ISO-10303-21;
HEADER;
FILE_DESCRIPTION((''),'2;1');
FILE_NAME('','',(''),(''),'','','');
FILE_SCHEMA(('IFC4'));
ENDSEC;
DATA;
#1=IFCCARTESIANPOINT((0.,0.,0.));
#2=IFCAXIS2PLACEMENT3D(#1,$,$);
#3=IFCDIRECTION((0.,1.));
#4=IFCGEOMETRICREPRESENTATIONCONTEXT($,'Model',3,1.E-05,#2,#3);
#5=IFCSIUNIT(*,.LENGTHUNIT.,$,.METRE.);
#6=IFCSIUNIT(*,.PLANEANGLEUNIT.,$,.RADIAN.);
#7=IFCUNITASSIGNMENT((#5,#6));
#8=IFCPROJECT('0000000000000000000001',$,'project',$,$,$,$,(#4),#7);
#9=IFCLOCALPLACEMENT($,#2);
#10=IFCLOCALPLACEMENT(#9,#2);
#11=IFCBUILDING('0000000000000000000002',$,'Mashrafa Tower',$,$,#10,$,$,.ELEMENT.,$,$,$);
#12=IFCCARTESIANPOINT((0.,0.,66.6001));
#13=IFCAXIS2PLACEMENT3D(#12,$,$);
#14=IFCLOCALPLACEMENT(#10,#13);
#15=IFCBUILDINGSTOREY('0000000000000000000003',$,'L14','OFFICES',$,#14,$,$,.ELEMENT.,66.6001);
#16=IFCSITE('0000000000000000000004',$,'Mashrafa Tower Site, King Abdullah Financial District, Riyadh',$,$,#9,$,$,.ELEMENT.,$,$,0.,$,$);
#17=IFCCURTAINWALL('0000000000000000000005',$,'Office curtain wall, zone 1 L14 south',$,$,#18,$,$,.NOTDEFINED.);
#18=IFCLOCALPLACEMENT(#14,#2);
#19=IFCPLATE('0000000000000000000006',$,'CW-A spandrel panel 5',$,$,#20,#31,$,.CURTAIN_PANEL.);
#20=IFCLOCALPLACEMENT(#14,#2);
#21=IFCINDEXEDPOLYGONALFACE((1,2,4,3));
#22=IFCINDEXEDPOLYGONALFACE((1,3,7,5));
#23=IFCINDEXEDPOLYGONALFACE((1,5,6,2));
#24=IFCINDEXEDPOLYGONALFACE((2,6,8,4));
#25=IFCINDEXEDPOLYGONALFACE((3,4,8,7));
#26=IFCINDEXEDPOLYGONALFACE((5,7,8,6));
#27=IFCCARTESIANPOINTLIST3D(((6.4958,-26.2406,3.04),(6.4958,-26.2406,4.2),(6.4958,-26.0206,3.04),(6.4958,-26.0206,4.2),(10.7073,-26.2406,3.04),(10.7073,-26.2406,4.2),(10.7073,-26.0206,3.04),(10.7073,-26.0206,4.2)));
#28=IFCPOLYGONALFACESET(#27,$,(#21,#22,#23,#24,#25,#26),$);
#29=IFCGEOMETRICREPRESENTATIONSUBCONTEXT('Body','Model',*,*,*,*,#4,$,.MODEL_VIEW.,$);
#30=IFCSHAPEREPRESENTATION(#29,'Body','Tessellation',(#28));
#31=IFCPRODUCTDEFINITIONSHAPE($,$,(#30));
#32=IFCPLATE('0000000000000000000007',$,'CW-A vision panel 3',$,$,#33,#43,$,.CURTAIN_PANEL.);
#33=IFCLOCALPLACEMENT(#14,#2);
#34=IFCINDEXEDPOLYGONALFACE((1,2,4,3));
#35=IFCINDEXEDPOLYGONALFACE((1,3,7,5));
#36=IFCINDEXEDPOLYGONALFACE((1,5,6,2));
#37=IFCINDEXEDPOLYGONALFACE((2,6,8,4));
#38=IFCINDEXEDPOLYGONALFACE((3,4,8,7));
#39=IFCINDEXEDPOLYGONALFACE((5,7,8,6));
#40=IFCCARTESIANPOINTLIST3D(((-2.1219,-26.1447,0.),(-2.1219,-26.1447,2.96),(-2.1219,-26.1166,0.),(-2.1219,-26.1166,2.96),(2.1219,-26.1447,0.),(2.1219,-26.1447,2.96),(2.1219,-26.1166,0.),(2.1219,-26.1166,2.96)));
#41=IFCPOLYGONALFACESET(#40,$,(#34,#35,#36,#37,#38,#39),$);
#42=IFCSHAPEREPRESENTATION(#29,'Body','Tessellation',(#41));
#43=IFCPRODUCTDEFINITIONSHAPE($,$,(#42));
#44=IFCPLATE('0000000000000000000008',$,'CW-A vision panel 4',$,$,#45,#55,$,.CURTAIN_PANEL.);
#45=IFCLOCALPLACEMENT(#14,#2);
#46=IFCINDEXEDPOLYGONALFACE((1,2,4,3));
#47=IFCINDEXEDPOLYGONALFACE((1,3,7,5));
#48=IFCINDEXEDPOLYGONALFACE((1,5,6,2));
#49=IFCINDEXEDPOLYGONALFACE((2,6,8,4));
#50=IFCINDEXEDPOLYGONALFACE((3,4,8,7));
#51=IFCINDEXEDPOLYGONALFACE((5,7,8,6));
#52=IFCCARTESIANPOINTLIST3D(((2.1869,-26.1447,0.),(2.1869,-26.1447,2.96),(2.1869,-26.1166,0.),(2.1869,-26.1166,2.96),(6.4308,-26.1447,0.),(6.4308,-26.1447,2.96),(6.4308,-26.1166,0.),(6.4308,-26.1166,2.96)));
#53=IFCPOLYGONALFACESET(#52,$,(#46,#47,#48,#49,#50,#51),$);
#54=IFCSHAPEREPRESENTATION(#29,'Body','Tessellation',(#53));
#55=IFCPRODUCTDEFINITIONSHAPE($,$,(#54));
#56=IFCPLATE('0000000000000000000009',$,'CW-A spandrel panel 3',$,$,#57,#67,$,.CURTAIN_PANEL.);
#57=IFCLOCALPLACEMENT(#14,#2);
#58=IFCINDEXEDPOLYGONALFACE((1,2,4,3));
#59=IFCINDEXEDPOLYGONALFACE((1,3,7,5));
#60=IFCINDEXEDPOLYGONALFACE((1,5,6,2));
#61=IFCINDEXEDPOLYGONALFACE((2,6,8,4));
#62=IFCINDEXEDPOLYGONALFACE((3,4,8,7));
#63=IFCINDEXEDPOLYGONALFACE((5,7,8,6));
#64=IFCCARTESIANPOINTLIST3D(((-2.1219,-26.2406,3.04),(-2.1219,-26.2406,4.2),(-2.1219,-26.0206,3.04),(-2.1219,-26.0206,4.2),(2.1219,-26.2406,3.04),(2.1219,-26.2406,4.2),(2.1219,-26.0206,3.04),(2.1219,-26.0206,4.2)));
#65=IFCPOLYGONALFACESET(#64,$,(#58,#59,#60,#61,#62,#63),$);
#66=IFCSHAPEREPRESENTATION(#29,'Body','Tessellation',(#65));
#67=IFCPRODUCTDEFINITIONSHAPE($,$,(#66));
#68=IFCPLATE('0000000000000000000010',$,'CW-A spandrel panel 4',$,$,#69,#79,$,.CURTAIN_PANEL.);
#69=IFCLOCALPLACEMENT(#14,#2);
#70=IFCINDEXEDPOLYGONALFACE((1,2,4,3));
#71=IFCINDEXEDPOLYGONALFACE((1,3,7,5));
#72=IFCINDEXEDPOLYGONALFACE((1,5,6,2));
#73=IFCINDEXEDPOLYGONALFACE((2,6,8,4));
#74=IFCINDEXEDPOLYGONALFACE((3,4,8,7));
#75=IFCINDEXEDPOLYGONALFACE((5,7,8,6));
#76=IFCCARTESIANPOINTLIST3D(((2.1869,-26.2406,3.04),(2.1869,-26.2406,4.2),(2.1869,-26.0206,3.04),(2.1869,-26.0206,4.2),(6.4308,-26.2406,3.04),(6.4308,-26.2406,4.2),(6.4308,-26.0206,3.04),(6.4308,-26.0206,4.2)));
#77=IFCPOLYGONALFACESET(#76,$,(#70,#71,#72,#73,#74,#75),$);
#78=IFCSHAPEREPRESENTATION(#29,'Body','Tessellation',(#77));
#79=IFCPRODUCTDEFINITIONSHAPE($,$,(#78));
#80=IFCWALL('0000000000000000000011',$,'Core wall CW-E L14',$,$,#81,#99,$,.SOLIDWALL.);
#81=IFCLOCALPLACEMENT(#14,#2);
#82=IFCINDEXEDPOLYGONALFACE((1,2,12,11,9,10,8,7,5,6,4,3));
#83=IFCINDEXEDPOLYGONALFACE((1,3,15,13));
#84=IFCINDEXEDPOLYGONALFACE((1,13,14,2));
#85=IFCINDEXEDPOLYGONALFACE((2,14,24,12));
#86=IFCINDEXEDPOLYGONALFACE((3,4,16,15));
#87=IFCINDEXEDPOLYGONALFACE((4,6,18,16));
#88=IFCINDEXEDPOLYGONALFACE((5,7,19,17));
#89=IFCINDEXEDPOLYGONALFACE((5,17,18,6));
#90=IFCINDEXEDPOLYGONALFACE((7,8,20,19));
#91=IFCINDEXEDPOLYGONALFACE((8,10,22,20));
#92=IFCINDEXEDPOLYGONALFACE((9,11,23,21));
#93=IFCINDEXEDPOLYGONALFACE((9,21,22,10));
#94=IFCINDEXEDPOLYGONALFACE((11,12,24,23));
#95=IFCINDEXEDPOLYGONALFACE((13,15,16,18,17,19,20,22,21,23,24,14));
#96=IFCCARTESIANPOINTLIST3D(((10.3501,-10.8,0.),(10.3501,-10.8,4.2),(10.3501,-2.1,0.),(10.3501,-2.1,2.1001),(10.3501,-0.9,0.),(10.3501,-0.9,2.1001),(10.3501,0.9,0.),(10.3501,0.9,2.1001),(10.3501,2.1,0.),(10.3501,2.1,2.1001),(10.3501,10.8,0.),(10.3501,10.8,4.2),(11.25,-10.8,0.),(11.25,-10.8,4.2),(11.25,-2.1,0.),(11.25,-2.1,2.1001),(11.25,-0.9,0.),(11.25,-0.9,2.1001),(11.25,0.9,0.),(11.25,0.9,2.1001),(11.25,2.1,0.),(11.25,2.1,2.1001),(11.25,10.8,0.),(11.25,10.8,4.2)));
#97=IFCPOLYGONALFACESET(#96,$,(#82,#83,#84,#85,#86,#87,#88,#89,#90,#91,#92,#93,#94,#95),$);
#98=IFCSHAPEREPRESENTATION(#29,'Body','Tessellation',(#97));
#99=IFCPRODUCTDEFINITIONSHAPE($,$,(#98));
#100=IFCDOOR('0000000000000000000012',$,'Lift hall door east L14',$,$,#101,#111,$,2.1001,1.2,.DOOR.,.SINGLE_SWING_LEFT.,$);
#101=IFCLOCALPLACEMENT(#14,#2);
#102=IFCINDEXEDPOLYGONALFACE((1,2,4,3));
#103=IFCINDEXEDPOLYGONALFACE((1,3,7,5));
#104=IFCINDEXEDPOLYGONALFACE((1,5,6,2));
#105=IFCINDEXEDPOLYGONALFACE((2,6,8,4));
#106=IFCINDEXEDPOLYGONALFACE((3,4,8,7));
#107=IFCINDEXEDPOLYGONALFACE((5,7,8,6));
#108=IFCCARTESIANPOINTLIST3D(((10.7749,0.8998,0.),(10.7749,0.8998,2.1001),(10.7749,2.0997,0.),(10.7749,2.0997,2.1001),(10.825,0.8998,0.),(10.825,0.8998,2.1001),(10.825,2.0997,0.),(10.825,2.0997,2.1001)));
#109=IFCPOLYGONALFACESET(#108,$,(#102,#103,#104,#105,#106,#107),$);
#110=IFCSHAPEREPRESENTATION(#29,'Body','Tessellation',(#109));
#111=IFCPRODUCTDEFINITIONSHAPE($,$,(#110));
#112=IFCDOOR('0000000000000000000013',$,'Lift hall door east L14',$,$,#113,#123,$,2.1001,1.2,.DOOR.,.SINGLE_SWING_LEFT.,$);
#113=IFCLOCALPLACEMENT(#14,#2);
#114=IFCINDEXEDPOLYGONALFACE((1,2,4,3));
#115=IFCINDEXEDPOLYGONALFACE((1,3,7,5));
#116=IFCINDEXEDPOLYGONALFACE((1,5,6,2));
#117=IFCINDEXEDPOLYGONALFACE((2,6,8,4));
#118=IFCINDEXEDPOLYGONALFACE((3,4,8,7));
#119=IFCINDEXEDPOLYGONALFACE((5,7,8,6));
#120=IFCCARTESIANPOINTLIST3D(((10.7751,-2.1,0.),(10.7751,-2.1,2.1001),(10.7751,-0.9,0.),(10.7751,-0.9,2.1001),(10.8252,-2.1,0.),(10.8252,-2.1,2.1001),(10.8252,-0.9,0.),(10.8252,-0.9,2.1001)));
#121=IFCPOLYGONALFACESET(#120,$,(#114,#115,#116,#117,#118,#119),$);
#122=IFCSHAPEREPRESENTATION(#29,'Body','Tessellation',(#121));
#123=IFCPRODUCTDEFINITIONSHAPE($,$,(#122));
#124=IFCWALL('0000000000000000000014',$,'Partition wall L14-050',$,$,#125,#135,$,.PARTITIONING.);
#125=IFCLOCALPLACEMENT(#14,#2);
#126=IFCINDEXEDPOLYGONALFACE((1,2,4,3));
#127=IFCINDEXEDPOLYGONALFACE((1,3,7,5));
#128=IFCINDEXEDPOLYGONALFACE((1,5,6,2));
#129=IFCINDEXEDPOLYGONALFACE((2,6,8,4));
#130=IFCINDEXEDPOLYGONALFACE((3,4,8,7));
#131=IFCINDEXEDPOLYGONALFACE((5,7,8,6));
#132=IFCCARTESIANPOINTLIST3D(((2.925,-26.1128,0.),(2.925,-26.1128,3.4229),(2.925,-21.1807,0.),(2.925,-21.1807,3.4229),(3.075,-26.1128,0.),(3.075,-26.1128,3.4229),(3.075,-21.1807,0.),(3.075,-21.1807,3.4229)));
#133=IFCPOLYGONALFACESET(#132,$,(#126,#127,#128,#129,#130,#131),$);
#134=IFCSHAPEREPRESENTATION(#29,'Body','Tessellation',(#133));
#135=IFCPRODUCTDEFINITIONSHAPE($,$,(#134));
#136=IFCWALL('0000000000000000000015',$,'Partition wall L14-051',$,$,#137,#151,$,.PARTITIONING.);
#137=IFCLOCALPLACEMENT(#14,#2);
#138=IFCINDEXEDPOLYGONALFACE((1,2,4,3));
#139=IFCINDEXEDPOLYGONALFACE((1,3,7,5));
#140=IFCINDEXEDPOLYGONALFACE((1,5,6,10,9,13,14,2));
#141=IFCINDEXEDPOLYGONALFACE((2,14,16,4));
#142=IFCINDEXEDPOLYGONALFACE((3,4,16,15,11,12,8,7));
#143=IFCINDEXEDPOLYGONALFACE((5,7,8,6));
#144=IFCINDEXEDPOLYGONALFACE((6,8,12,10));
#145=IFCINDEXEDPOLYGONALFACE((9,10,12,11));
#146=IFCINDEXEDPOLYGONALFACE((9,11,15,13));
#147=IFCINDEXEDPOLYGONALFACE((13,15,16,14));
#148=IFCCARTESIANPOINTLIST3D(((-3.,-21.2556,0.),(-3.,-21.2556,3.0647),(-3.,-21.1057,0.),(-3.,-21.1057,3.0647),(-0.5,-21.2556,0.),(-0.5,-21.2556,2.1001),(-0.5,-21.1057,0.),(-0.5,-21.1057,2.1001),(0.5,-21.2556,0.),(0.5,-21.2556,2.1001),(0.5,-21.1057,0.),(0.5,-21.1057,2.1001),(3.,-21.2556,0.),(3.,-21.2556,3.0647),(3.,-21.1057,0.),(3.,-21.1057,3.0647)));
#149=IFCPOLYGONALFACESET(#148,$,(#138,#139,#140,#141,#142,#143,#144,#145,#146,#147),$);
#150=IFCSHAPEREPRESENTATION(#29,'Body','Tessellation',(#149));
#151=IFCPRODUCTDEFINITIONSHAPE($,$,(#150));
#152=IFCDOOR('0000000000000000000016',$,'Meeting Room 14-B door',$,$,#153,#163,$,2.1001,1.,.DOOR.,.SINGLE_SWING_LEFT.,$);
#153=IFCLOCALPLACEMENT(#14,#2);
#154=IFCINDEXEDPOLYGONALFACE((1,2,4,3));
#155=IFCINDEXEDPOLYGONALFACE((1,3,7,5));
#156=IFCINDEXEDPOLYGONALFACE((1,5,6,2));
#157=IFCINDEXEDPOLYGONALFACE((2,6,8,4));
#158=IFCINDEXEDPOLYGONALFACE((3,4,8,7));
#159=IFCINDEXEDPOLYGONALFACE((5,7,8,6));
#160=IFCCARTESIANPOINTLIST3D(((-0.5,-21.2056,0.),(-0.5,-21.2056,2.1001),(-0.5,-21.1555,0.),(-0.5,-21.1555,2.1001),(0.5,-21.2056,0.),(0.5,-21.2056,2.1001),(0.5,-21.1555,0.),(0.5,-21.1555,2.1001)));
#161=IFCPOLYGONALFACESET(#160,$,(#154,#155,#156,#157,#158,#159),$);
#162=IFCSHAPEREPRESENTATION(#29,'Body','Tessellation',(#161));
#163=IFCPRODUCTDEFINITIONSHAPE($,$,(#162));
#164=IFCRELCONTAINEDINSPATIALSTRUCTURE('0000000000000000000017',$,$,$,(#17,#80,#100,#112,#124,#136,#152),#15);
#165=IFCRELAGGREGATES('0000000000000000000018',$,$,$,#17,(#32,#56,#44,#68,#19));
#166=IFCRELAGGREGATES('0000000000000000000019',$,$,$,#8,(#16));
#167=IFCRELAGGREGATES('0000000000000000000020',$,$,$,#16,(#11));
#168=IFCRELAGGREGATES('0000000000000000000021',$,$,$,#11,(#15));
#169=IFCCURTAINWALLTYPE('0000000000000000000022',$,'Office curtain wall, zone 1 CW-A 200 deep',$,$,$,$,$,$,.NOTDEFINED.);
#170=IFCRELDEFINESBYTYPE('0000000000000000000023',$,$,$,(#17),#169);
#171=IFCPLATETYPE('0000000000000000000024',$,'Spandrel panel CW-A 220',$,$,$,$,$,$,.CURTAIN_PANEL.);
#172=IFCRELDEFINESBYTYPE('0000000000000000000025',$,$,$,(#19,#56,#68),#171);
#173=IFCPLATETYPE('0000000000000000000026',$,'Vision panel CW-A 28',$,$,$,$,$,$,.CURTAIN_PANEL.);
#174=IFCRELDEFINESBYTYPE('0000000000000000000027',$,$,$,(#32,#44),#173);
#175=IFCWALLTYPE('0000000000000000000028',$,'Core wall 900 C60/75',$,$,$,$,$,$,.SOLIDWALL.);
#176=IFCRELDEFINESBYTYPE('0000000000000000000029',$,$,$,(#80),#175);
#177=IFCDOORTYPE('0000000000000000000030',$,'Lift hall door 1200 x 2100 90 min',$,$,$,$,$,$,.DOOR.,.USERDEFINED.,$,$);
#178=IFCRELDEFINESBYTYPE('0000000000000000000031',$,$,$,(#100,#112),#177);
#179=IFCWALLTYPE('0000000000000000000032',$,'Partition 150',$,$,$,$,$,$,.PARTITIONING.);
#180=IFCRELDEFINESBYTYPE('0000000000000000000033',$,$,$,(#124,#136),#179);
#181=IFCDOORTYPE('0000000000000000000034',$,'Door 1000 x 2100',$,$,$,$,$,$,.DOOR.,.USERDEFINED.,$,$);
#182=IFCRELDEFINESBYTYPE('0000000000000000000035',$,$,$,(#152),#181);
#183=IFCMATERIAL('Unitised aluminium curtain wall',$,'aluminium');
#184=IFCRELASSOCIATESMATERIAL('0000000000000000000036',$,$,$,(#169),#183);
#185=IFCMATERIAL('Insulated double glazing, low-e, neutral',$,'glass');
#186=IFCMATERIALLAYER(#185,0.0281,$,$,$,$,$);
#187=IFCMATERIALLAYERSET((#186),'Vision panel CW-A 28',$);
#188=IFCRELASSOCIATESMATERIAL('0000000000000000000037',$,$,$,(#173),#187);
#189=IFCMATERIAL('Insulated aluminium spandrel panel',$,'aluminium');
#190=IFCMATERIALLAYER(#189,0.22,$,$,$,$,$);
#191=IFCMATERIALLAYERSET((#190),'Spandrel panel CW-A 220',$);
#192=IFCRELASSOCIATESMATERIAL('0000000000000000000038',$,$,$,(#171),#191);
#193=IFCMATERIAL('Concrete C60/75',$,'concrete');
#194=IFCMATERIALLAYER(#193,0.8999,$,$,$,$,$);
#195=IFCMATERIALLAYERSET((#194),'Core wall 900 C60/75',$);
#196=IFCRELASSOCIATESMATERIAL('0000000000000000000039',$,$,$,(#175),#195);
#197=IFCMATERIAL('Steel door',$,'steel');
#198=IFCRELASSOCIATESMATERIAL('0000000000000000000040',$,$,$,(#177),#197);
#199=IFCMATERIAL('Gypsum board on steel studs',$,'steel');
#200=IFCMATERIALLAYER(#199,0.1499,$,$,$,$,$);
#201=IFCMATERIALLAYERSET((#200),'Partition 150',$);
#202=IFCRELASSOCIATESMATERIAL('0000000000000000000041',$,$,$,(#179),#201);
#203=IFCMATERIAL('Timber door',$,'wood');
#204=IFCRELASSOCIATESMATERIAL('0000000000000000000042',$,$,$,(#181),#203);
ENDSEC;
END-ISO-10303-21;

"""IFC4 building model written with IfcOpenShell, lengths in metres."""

from ifc_helpers import new_model, si_unit, direction, frame, frame_2d, origin, origin_2d, place, context, subcontext, project, spatial, rectangle, extrude, source, transform, mapped, material, layer, layer_set, type_object, type_shapes, element, fill, aggregate, save


model = new_model("IFC4")

# Units and contexts
model_context = context("Model", 3, precision=1e-05, world=origin(), true_north=direction((0.0, 1.0)))
body_context = subcontext(model_context, "Body", "Model", "MODEL_VIEW")
ifc_project = project(units=[si_unit("LENGTHUNIT", "METRE"), si_unit("PLANEANGLEUNIT", "RADIAN")], contexts=[model_context])

# Site, building, storey
site_placement = place(None, origin())
site = spatial("IfcSite", under=ifc_project, at=site_placement, Name="Mashrafa Tower Site, King Abdullah Financial District, Riyadh", CompositionType="ELEMENT", RefElevation=0.0)
building_placement = place(site_placement, origin())
building = spatial("IfcBuilding", under=site, at=building_placement, Name="Mashrafa Tower", CompositionType="ELEMENT")
storey_placement = place(building_placement, frame((0.0, 0.0, 66.6001)))
storey = spatial("IfcBuildingStorey", under=building, at=storey_placement, Name="L14", Description="OFFICES", CompositionType="ELEMENT", Elevation=66.6001)

# Curtain wall, plates
ifc_material_1 = material(Name="Unitised aluminium curtain wall", Category="aluminium")
curtain_wall_type = type_object("IfcCurtainWallType", Name="Office curtain wall, zone 1 CW-A 200 deep", PredefinedType="NOTDEFINED", material=ifc_material_1)
curtain_wall_placement = place(storey_placement, origin())
curtain_wall = element("IfcCurtainWall", 1, at=curtain_wall_placement, inside=storey, type_object=curtain_wall_type, Name="Office curtain wall, zone 1 L14 south", PredefinedType="NOTDEFINED")
ifc_material_2 = material(Name="Insulated double glazing, low-e, neutral", Category="glass")
ifc_layer_1 = layer(ifc_material_2, 0.0281)
ifc_layer_set_1 = layer_set([ifc_layer_1], Name="Vision panel CW-A 28")
plate_type_1 = type_object("IfcPlateType", Name="Vision panel CW-A 28", PredefinedType="CURTAIN_PANEL", material=ifc_layer_set_1)
ifc_material_3 = material(Name="Insulated aluminium spandrel panel", Category="aluminium")
ifc_layer_2 = layer(ifc_material_3, 0.22)
ifc_layer_set_2 = layer_set([ifc_layer_2], Name="Spandrel panel CW-A 220")
plate_type_2 = type_object("IfcPlateType", Name="Spandrel panel CW-A 220", PredefinedType="CURTAIN_PANEL", material=ifc_layer_set_2)
shared_shape_1 = source(origin(), body_context, "Body", "SweptSolid", [
    extrude(rectangle(XDim=4.2114, YDim=0.22, at=origin_2d()), origin(), (0.0, 0.0, 1.0), 1.1599),
])
plate_1_placement = place(storey_placement, frame((8.6016, -26.1306, 3.04), z_axis=(0.0, 0.0, 1.0), x_axis=(1.0, 0.0, 0.0)))
plate_1 = element("IfcPlate", 2, at=plate_1_placement, type_object=plate_type_2, Name="CW-A spandrel panel 5", PredefinedType="CURTAIN_PANEL", context=body_context, shape_type="MappedRepresentation", body=[
    mapped(shared_shape_1, transform((0.0, 0.0, 0.0))),
])
shared_shape_2 = source(origin(), body_context, "Body", "SweptSolid", [
    extrude(rectangle(XDim=4.2439, YDim=0.0281, at=origin_2d()), origin(), (0.0, 0.0, 1.0), 2.96),
])
plate_2_placement = place(storey_placement, frame((0.0, -26.1306, 0.0), z_axis=(0.0, 0.0, 1.0), x_axis=(1.0, 0.0, 0.0)))
plate_2 = element("IfcPlate", 3, at=plate_2_placement, type_object=plate_type_1, Name="CW-A vision panel 3", PredefinedType="CURTAIN_PANEL", context=body_context, shape_type="MappedRepresentation", body=[
    mapped(shared_shape_2, transform((0.0, 0.0, 0.0))),
])
plate_3_placement = place(storey_placement, frame((4.3088, -26.1306, 0.0), z_axis=(0.0, 0.0, 1.0), x_axis=(1.0, 0.0, 0.0)))
plate_3 = element("IfcPlate", 4, at=plate_3_placement, type_object=plate_type_1, Name="CW-A vision panel 4", PredefinedType="CURTAIN_PANEL", context=body_context, shape_type="MappedRepresentation", body=[
    mapped(shared_shape_2, transform((0.0, 0.0, 0.0))),
])
shared_shape_3 = source(origin(), body_context, "Body", "SweptSolid", [
    extrude(rectangle(XDim=4.2439, YDim=0.22, at=origin_2d()), origin(), (0.0, 0.0, 1.0), 1.1599),
])
type_shapes(plate_type_2, [shared_shape_1, shared_shape_3])
plate_4_placement = place(storey_placement, frame((0.0, -26.1306, 3.04), z_axis=(0.0, 0.0, 1.0), x_axis=(1.0, 0.0, 0.0)))
plate_4 = element("IfcPlate", 5, at=plate_4_placement, type_object=plate_type_2, Name="CW-A spandrel panel 3", PredefinedType="CURTAIN_PANEL", context=body_context, shape_type="MappedRepresentation", body=[
    mapped(shared_shape_3, transform((0.0, 0.0, 0.0))),
])
plate_5_placement = place(storey_placement, frame((4.3088, -26.1306, 3.04), z_axis=(0.0, 0.0, 1.0), x_axis=(1.0, 0.0, 0.0)))
plate_5 = element("IfcPlate", 6, at=plate_5_placement, type_object=plate_type_2, Name="CW-A spandrel panel 4", PredefinedType="CURTAIN_PANEL", context=body_context, shape_type="MappedRepresentation", body=[
    mapped(shared_shape_3, transform((0.0, 0.0, 0.0))),
])
aggregate(curtain_wall, [plate_2, plate_4, plate_3, plate_5, plate_1])

# Wall, openings, doors
ifc_material_4 = material(Name="Concrete C60/75", Category="concrete")
ifc_layer_3 = layer(ifc_material_4, 0.8999)
ifc_layer_set_3 = layer_set([ifc_layer_3], Name="Core wall 900 C60/75")
wall_type_1 = type_object("IfcWallType", Name="Core wall 900 C60/75", PredefinedType="SOLIDWALL", material=ifc_layer_set_3)
wall_1_placement = place(storey_placement, frame((10.8, -10.8, 0.0), z_axis=(0.0, 0.0, 1.0), x_axis=(0.0, 1.0, 0.0)))
wall_1 = element("IfcWall", 7, at=wall_1_placement, inside=storey, type_object=wall_type_1, Name="Core wall CW-E L14", PredefinedType="SOLIDWALL", context=body_context, shape_type="SweptSolid", body=[
    extrude(rectangle(XDim=21.6001, YDim=0.8999, at=frame_2d((10.8, 0.0))), origin(), (0.0, 0.0, 1.0), 4.2),
])
opening_1_placement = place(wall_1_placement, frame((11.7, 0.0, 0.0)))
opening_1 = element("IfcOpeningElement", 8, at=opening_1_placement, cuts=wall_1, PredefinedType="OPENING", context=body_context, shape_type="SweptSolid", body=[
    extrude(rectangle(XDim=1.2, YDim=2.1001, at=frame_2d((0.6001, 1.05))), frame((0.0, 0.46, 0.0), z_axis=(0.0, -1.0, 0.0), x_axis=(1.0, 0.0, 0.0)), (0.0, 0.0, 1.0), 0.9199),
])
opening_2_placement = place(wall_1_placement, frame((8.7, 0.0, 0.0)))
opening_2 = element("IfcOpeningElement", 9, at=opening_2_placement, cuts=wall_1, PredefinedType="OPENING", context=body_context, shape_type="SweptSolid", body=[
    extrude(rectangle(XDim=1.2, YDim=2.1001, at=frame_2d((0.6001, 1.05))), frame((0.0, 0.46, 0.0), z_axis=(0.0, -1.0, 0.0), x_axis=(1.0, 0.0, 0.0)), (0.0, 0.0, 1.0), 0.9199),
])
ifc_material_5 = material(Name="Steel door", Category="steel")
door_type_1 = type_object("IfcDoorType", Name="Lift hall door 1200 x 2100 90 min", OperationType="USERDEFINED", PredefinedType="DOOR", material=ifc_material_5)
door_1_placement = place(opening_1_placement, frame((1.2, 0.0, 0.0), z_axis=(0.0, 0.0, 1.0), x_axis=(-1.0, 0.0, 0.0)))
door_1 = element("IfcDoor", 10, at=door_1_placement, inside=storey, type_object=door_type_1, Name="Lift hall door east L14", OperationType="SINGLE_SWING_LEFT", OverallHeight=2.1001, OverallWidth=1.2, PredefinedType="DOOR", context=body_context, shape_type="SweptSolid", body=[
    extrude(rectangle(XDim=1.2, YDim=2.1001, at=frame_2d((0.6001, 1.05))), frame((0.0, 0.0249, 0.0), z_axis=(0.0, -1.0, 0.0), x_axis=(1.0, 0.0, 0.0)), (0.0, 0.0, 1.0), 0.05),
])
fill(opening_1, door_1)
door_2_placement = place(opening_2_placement, origin())
door_2 = element("IfcDoor", 11, at=door_2_placement, inside=storey, type_object=door_type_1, Name="Lift hall door east L14", OperationType="SINGLE_SWING_LEFT", OverallHeight=2.1001, OverallWidth=1.2, PredefinedType="DOOR", context=body_context, shape_type="SweptSolid", body=[
    extrude(rectangle(XDim=1.2, YDim=2.1001, at=frame_2d((0.6001, 1.05))), frame((0.0, 0.0249, 0.0), z_axis=(0.0, -1.0, 0.0), x_axis=(1.0, 0.0, 0.0)), (0.0, 0.0, 1.0), 0.05),
])
fill(opening_2, door_2)

# Wall
ifc_material_6 = material(Name="Gypsum board on steel studs", Category="steel")
ifc_layer_4 = layer(ifc_material_6, 0.1499)
ifc_layer_set_4 = layer_set([ifc_layer_4], Name="Partition 150")
wall_type_2 = type_object("IfcWallType", Name="Partition 150", PredefinedType="PARTITIONING", material=ifc_layer_set_4)
wall_2_placement = place(storey_placement, frame((3.0, -26.1128, 0.0), z_axis=(0.0, 0.0, 1.0), x_axis=(0.0, 1.0, 0.0)))
element("IfcWall", 12, at=wall_2_placement, inside=storey, type_object=wall_type_2, Name="Partition wall L14-050", PredefinedType="PARTITIONING", context=body_context, shape_type="SweptSolid", body=[
    extrude(rectangle(XDim=4.9321, YDim=0.1499, at=frame_2d((2.4661, 0.0))), origin(), (0.0, 0.0, 1.0), 3.4229),
])

# Wall, opening, door
wall_3_placement = place(storey_placement, frame((3.0, -21.1807, 0.0), z_axis=(0.0, 0.0, 1.0), x_axis=(-1.0, 0.0, 0.0)))
wall_3 = element("IfcWall", 13, at=wall_3_placement, inside=storey, type_object=wall_type_2, Name="Partition wall L14-051", PredefinedType="PARTITIONING", context=body_context, shape_type="SweptSolid", body=[
    extrude(rectangle(XDim=6.0, YDim=0.1499, at=frame_2d((3.0, 0.0))), origin(), (0.0, 0.0, 1.0), 3.0647),
])
opening_3_placement = place(wall_3_placement, frame((2.5, 0.0, 0.0)))
opening_3 = element("IfcOpeningElement", 14, at=opening_3_placement, cuts=wall_3, PredefinedType="OPENING", context=body_context, shape_type="SweptSolid", body=[
    extrude(rectangle(XDim=1.0, YDim=2.1001, at=frame_2d((0.5, 1.05))), frame((0.0, 0.085, 0.0), z_axis=(0.0, -1.0, 0.0), x_axis=(1.0, 0.0, 0.0)), (0.0, 0.0, 1.0), 0.1699),
])
ifc_material_7 = material(Name="Timber door", Category="wood")
door_type_2 = type_object("IfcDoorType", Name="Door 1000 x 2100", OperationType="USERDEFINED", PredefinedType="DOOR", material=ifc_material_7)
door_3_placement = place(opening_3_placement, origin())
door_3 = element("IfcDoor", 15, at=door_3_placement, inside=storey, type_object=door_type_2, Name="Meeting Room 14-B door", OperationType="SINGLE_SWING_LEFT", OverallHeight=2.1001, OverallWidth=1.0, PredefinedType="DOOR", context=body_context, shape_type="SweptSolid", body=[
    extrude(rectangle(XDim=1.0, YDim=2.1001, at=frame_2d((0.5, 1.05))), frame((0.0, 0.0249, 0.0), z_axis=(0.0, -1.0, 0.0), x_axis=(1.0, 0.0, 0.0)), (0.0, 0.0, 1.0), 0.05),
])
fill(opening_3, door_3)

save(model, "model.ifc")
